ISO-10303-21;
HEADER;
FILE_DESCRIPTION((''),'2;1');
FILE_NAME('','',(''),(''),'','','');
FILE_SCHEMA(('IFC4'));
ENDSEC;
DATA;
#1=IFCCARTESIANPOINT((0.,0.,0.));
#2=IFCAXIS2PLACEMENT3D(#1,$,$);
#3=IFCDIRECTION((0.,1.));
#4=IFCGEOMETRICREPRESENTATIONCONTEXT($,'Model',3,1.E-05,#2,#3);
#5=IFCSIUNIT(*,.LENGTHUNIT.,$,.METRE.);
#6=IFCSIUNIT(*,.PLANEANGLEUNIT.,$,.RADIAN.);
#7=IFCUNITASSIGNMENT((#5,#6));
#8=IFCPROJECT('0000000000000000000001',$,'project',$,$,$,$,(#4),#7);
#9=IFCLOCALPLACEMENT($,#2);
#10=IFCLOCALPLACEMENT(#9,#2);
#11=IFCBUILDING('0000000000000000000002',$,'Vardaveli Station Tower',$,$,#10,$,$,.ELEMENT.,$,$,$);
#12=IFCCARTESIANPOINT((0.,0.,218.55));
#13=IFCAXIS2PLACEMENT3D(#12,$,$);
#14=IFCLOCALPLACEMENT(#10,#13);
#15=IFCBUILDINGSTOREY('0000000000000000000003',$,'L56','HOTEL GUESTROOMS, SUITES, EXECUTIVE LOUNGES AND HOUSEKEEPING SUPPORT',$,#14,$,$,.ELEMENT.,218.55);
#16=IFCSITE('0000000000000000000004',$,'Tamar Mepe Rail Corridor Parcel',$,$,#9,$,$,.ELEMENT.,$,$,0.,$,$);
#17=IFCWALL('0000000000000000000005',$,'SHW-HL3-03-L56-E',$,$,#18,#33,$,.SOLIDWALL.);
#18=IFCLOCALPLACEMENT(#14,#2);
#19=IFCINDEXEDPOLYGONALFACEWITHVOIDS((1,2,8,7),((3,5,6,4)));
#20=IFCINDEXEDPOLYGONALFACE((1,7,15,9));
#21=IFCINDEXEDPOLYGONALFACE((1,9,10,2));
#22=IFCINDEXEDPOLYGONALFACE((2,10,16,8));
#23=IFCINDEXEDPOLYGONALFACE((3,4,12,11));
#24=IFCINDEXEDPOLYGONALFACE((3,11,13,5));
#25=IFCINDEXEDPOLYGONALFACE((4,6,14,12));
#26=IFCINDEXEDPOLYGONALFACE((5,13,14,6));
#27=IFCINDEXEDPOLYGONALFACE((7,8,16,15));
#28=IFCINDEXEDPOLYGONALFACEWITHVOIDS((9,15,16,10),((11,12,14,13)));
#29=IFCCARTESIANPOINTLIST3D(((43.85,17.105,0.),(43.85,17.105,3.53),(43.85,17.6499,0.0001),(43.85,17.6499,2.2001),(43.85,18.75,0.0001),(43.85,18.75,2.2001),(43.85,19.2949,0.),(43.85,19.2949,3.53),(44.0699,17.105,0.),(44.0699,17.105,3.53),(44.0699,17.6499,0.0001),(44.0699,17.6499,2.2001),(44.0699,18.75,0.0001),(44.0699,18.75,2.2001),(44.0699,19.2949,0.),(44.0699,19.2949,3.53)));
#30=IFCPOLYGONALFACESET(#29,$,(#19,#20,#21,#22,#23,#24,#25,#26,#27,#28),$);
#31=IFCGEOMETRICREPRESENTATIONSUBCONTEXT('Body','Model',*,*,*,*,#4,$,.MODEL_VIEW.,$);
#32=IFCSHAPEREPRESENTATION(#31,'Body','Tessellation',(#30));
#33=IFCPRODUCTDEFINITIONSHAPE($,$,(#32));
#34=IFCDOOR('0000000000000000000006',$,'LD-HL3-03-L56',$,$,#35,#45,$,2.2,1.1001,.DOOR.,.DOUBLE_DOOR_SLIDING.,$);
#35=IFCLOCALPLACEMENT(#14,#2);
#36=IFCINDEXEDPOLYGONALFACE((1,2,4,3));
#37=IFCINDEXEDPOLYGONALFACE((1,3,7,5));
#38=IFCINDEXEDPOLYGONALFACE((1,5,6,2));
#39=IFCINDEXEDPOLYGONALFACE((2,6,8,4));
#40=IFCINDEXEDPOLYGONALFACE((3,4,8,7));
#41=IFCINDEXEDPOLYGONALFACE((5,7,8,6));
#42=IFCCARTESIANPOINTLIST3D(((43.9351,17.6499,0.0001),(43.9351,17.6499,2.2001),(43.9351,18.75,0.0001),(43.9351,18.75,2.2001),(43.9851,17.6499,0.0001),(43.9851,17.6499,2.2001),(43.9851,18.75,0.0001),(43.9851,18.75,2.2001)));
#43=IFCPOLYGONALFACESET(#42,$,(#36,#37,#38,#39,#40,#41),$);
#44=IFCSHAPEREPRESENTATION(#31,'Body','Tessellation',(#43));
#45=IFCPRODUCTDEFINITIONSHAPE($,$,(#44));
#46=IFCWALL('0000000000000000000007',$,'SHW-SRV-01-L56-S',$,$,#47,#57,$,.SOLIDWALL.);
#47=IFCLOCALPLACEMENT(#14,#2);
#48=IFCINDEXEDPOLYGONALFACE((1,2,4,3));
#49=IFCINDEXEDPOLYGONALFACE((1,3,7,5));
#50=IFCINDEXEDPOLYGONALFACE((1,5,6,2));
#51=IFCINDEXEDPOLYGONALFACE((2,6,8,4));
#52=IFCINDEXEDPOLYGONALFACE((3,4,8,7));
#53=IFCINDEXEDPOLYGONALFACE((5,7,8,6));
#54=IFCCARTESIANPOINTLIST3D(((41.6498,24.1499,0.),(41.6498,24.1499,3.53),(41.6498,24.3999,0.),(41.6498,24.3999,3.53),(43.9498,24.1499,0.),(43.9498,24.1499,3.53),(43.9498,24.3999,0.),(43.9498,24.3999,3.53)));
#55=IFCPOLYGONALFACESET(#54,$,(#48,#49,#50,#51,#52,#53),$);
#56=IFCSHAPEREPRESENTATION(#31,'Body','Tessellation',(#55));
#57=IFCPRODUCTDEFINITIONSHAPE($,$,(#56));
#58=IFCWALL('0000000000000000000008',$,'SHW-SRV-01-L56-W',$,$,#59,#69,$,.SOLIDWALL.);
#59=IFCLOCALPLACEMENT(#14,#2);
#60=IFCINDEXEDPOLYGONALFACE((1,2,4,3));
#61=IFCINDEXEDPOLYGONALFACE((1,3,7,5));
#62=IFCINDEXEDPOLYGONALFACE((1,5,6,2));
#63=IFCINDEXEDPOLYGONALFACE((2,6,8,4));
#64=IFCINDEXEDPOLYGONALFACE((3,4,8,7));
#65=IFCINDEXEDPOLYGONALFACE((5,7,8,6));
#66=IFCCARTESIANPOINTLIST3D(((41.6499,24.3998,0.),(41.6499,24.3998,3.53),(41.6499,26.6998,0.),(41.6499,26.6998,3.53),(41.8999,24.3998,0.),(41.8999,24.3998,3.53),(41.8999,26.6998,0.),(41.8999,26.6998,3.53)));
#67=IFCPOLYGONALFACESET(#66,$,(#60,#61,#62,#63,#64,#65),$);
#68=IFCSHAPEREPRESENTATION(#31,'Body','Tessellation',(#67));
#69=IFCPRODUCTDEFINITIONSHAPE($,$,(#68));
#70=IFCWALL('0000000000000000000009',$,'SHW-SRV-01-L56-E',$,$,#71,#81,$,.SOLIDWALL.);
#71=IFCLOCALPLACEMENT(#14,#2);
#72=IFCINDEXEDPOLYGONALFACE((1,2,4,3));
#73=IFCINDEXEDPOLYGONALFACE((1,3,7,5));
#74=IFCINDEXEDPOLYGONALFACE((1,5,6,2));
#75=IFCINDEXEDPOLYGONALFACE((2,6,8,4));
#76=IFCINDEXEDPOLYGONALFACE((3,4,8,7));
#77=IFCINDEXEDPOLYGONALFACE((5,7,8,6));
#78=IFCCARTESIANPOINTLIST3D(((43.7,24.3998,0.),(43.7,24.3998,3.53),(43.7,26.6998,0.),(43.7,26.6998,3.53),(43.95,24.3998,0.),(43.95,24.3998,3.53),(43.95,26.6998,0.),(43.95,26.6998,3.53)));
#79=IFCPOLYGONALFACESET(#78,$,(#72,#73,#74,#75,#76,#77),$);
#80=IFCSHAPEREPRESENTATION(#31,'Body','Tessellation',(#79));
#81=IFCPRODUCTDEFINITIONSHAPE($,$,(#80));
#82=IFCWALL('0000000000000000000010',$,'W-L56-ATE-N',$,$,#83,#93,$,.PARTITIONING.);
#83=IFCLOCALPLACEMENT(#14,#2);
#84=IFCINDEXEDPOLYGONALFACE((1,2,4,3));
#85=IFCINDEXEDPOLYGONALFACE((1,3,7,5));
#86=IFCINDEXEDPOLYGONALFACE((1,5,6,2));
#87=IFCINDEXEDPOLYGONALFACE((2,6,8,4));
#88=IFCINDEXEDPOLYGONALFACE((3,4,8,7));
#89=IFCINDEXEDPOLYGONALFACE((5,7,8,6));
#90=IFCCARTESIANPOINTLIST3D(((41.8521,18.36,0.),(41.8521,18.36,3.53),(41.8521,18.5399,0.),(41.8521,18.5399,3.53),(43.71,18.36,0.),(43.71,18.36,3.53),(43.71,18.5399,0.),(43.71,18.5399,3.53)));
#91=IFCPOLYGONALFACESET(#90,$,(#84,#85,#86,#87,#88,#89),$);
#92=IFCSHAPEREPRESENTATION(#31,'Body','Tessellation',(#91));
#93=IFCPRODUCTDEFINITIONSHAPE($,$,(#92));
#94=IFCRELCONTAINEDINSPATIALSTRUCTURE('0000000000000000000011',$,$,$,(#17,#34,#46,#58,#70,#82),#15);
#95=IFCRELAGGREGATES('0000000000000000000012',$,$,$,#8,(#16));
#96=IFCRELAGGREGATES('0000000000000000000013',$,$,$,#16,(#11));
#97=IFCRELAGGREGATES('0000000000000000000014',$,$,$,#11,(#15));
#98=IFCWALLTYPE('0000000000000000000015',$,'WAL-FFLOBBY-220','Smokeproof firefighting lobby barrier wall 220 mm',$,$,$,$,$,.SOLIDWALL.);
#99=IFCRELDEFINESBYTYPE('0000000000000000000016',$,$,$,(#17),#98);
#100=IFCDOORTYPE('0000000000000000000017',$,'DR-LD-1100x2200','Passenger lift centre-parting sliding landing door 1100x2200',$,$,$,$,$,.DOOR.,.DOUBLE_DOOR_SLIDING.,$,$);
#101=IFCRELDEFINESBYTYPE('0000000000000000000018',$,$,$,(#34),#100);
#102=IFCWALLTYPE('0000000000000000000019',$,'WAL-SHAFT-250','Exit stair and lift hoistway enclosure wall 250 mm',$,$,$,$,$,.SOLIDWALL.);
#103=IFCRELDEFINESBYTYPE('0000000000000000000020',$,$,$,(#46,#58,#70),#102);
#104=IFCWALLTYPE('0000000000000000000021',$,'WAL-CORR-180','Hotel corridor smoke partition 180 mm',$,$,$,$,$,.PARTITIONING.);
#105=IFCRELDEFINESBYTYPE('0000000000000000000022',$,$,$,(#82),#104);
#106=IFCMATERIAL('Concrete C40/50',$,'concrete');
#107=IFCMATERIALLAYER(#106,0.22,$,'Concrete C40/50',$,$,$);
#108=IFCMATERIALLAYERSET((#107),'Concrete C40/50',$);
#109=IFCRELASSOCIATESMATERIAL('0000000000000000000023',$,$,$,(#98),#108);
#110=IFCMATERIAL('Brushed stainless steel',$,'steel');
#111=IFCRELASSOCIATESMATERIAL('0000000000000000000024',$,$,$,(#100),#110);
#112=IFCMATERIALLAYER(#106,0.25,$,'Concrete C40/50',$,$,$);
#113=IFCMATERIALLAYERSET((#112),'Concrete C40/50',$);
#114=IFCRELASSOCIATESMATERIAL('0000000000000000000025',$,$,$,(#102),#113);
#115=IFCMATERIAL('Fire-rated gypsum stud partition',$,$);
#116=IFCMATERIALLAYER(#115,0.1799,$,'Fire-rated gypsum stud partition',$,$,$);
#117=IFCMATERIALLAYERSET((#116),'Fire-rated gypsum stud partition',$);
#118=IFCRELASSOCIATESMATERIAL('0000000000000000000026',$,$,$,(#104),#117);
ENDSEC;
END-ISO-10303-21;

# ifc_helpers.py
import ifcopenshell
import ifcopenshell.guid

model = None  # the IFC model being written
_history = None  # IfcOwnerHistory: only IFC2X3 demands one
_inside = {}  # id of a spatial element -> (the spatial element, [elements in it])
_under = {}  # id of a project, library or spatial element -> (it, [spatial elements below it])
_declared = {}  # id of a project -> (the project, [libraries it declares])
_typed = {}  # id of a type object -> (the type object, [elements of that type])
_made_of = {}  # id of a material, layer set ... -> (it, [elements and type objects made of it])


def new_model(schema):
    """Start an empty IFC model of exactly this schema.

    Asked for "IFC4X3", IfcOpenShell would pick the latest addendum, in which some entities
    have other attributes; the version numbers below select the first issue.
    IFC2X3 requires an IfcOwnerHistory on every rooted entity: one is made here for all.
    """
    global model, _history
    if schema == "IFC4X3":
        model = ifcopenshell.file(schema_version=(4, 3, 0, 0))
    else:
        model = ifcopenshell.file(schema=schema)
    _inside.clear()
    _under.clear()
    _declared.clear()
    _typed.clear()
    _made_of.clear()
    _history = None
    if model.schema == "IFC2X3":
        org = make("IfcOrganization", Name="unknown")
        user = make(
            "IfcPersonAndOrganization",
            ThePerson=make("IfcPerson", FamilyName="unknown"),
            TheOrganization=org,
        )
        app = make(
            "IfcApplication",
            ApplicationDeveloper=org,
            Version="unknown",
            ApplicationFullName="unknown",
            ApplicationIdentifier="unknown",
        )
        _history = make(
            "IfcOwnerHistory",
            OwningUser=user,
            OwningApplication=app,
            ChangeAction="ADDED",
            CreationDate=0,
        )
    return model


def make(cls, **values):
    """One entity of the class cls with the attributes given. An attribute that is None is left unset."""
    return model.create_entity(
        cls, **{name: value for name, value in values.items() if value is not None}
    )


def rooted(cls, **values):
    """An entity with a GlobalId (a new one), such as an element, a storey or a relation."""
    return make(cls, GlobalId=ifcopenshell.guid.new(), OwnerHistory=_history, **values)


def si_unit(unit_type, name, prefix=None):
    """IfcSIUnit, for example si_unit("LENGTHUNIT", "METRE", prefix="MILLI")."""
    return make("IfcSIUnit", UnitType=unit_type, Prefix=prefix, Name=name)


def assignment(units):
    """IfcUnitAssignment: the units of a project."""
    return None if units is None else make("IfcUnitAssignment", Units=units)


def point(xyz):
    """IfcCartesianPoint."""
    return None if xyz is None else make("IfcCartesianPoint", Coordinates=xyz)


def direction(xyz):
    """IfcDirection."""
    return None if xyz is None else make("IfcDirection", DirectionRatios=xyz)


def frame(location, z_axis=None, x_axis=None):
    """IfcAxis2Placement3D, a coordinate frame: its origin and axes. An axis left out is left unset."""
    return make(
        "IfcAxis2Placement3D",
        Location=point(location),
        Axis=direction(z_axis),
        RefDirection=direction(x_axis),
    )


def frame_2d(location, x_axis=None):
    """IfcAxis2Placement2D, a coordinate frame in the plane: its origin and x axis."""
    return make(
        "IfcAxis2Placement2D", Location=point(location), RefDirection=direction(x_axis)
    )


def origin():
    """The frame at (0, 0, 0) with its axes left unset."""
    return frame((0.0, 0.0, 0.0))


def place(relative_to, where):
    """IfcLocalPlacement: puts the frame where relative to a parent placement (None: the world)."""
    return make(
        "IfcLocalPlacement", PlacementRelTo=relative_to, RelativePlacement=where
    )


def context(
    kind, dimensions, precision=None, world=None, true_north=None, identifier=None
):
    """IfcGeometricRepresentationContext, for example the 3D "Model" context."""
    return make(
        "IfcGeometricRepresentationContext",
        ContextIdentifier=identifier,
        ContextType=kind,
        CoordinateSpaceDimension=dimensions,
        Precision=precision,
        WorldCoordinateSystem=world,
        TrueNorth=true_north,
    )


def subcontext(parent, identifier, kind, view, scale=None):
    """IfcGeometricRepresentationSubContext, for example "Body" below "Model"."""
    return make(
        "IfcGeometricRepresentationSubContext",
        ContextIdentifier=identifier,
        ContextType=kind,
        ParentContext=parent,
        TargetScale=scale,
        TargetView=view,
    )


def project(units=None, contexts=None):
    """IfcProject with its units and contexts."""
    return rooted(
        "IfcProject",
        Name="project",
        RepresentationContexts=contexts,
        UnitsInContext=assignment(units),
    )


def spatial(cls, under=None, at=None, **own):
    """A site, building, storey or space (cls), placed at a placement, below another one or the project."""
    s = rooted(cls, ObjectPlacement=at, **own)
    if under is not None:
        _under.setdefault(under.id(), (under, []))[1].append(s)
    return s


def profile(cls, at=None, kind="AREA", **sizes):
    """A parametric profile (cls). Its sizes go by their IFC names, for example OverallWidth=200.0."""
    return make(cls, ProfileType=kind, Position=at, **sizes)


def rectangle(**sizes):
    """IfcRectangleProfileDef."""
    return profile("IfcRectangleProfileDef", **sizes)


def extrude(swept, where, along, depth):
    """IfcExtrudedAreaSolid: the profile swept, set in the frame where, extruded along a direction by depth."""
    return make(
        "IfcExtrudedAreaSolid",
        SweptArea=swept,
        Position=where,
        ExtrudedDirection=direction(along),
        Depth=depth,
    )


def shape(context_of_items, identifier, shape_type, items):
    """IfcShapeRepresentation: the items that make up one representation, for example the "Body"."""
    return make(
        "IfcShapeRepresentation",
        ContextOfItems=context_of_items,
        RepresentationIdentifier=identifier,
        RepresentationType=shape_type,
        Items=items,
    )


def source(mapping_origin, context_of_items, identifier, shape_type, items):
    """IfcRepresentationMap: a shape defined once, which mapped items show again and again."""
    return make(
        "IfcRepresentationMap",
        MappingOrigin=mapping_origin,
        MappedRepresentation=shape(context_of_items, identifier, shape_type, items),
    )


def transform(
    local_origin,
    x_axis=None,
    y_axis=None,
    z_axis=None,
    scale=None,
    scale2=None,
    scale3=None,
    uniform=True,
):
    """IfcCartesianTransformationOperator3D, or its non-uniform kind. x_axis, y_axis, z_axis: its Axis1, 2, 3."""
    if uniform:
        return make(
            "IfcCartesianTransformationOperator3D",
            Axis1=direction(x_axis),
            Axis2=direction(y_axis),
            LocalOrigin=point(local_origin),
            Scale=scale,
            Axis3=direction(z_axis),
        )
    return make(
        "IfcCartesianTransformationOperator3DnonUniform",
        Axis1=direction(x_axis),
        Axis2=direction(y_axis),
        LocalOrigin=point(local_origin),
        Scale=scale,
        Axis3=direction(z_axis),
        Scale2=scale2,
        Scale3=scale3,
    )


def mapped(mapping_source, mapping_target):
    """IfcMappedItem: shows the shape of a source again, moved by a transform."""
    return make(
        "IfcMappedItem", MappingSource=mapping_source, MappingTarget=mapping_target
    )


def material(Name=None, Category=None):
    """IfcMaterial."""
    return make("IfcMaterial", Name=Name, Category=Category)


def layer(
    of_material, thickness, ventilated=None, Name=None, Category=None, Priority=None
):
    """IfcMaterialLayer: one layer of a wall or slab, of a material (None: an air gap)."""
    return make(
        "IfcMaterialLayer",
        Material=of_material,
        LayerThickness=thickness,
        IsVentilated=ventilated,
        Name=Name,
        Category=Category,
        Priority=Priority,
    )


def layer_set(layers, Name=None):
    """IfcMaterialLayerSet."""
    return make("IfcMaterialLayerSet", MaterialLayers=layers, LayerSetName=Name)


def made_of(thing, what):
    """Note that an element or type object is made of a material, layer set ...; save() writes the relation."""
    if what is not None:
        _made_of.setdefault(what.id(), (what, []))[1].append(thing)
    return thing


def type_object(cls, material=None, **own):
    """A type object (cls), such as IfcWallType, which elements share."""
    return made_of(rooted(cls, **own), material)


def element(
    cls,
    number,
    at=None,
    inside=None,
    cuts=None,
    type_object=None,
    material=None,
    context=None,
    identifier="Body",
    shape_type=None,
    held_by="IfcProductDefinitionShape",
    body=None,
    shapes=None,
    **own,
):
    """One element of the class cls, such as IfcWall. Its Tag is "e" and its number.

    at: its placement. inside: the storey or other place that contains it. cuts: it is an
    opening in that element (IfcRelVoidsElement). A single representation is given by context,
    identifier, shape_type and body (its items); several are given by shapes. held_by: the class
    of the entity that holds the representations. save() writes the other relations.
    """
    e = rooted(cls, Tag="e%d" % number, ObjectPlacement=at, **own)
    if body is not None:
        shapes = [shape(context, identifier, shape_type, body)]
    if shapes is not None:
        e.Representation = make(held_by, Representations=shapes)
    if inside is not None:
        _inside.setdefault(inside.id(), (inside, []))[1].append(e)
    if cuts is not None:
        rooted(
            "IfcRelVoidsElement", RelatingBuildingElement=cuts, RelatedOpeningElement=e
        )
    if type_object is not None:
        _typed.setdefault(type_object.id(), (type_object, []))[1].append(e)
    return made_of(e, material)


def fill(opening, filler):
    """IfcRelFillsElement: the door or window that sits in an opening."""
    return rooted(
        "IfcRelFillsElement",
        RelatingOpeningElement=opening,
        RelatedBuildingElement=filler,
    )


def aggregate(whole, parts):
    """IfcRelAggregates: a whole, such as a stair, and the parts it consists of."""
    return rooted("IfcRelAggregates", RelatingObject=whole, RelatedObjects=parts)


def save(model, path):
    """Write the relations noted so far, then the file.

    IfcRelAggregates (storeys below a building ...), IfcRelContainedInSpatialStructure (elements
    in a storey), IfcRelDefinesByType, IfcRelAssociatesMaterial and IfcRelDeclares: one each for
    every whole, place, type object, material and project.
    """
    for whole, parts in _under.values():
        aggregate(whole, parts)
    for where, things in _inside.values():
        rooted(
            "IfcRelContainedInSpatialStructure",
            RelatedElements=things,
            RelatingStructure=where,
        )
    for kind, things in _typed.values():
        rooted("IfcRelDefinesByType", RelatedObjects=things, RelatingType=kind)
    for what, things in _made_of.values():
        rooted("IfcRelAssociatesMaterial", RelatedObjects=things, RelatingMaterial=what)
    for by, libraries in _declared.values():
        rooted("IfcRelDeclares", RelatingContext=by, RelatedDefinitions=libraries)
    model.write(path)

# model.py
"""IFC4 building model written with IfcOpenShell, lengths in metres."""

from ifc_helpers import new_model, si_unit, direction, frame, frame_2d, origin, place, context, subcontext, project, spatial, rectangle, extrude, source, transform, mapped, material, layer, layer_set, type_object, element, fill, save


model = new_model("IFC4")

# Units and contexts
model_context = context("Model", 3, precision=1e-05, world=origin(), true_north=direction((0.0, 1.0)))
body_context = subcontext(model_context, "Body", "Model", "MODEL_VIEW")
ifc_project = project(units=[si_unit("LENGTHUNIT", "METRE"), si_unit("PLANEANGLEUNIT", "RADIAN")], contexts=[model_context])

# Site, building, storey
site_placement = place(None, origin())
site = spatial("IfcSite", under=ifc_project, at=site_placement, Name="Tamar Mepe Rail Corridor Parcel", CompositionType="ELEMENT", RefElevation=0.0)
building_placement = place(site_placement, origin())
building = spatial("IfcBuilding", under=site, at=building_placement, Name="Vardaveli Station Tower", CompositionType="ELEMENT")
storey_placement = place(building_placement, frame((0.0, 0.0, 218.55)))
storey = spatial("IfcBuildingStorey", under=building, at=storey_placement, Name="L56", Description="HOTEL GUESTROOMS, SUITES, EXECUTIVE LOUNGES AND HOUSEKEEPING SUPPORT", CompositionType="ELEMENT", Elevation=218.55)

# Shared definitions
ifc_material_1 = material(Name="Concrete C40/50", Category="concrete")
ifc_layer_1 = layer(ifc_material_1, 0.22, Name="Concrete C40/50")
ifc_layer_set_1 = layer_set([ifc_layer_1], Name="Concrete C40/50")
wall_type_1 = type_object("IfcWallType", Name="WAL-FFLOBBY-220", Description="Smokeproof firefighting lobby barrier wall 220 mm", PredefinedType="SOLIDWALL", material=ifc_layer_set_1)
shared_shape_1 = source(origin(), body_context, "Body", "SweptSolid", [
    extrude(rectangle(XDim=2.1899, YDim=0.22, at=frame_2d((1.095, 0.0))), origin(), (0.0, 0.0, 1.0), 3.53),
])

# Shared definitions
shared_shape_2 = source(origin(), body_context, "Body", "SweptSolid", [
    extrude(rectangle(XDim=1.1001, YDim=2.2, at=frame_2d((0.55, 1.1001))), frame((0.0, 0.1201, 0.0), z_axis=(0.0, -1.0, 0.0), x_axis=(1.0, 0.0, 0.0)), (0.0, 0.0, 1.0), 0.24),
])
ifc_material_2 = material(Name="Brushed stainless steel", Category="steel")
door_type = type_object("IfcDoorType", Name="DR-LD-1100x2200", Description="Passenger lift centre-parting sliding landing door 1100x2200", OperationType="DOUBLE_DOOR_SLIDING", PredefinedType="DOOR", material=ifc_material_2)
shared_shape_3 = source(origin(), body_context, "Body", "SweptSolid", [
    extrude(rectangle(XDim=1.1001, YDim=2.2, at=frame_2d((0.55, 1.1001))), frame((0.0, 0.0249, 0.0), z_axis=(0.0, -1.0, 0.0), x_axis=(1.0, 0.0, 0.0)), (0.0, 0.0, 1.0), 0.05),
])

# Wall, opening, door
wall_1_placement = place(storey_placement, frame((43.96, 17.105, 0.0), z_axis=(0.0, 0.0, 1.0), x_axis=(0.0, 1.0, 0.0)))
wall_1 = element("IfcWall", 1, at=wall_1_placement, inside=storey, type_object=wall_type_1, Name="SHW-HL3-03-L56-E", PredefinedType="SOLIDWALL", context=body_context, shape_type="MappedRepresentation", body=[
    mapped(shared_shape_1, transform((0.0, 0.0, 0.0), scale=1.0)),
])
opening_1_placement = place(wall_1_placement, frame((0.5449, 0.0, 0.0)))
opening_1 = element("IfcOpeningElement", 2, at=opening_1_placement, cuts=wall_1, PredefinedType="OPENING", context=body_context, shape_type="MappedRepresentation", body=[
    mapped(shared_shape_2, transform((0.0, 0.0, 0.0), scale=1.0)),
])
door_1_placement = place(opening_1_placement, origin())
door_1 = element("IfcDoor", 3, at=door_1_placement, inside=storey, type_object=door_type, Name="LD-HL3-03-L56", OperationType="DOUBLE_DOOR_SLIDING", OverallHeight=2.2, OverallWidth=1.1001, PredefinedType="DOOR", context=body_context, shape_type="MappedRepresentation", body=[
    mapped(shared_shape_3, transform((0.0, 0.0, 0.0), scale=1.0)),
])
fill(opening_1, door_1)

# Walls
ifc_layer_2 = layer(ifc_material_1, 0.25, Name="Concrete C40/50")
ifc_layer_set_2 = layer_set([ifc_layer_2], Name="Concrete C40/50")
wall_type_2 = type_object("IfcWallType", Name="WAL-SHAFT-250", Description="Exit stair and lift hoistway enclosure wall 250 mm", PredefinedType="SOLIDWALL", material=ifc_layer_set_2)
shared_shape_4 = source(origin(), body_context, "Body", "SweptSolid", [
    extrude(rectangle(XDim=2.3, YDim=0.25, at=frame_2d((1.1499, 0.0))), origin(), (0.0, 0.0, 1.0), 3.53),
])
for number, where, z_axis, x_axis, name in (
    (4, (41.6499, 24.2749, 0.0), (0.0, 0.0, 1.0), (1.0, 0.0, 0.0), "SHW-SRV-01-L56-S"),
    (5, (41.7749, 24.3999, 0.0), (0.0, 0.0, 1.0), (0.0, 1.0, 0.0), "SHW-SRV-01-L56-W"),
    (6, (43.825, 24.3999, 0.0), (0.0, 0.0, 1.0), (0.0, 1.0, 0.0), "SHW-SRV-01-L56-E"),
):
    element("IfcWall", number, at=place(storey_placement, frame(where, z_axis=z_axis, x_axis=x_axis)), inside=storey, type_object=wall_type_2, Name=name, PredefinedType="SOLIDWALL", context=body_context, shape_type="MappedRepresentation", body=[
        mapped(shared_shape_4, transform((0.0, 0.0, 0.0), scale=1.0)),
    ])
ifc_material_3 = material(Name="Fire-rated gypsum stud partition")
ifc_layer_3 = layer(ifc_material_3, 0.1799, Name="Fire-rated gypsum stud partition")
ifc_layer_set_3 = layer_set([ifc_layer_3], Name="Fire-rated gypsum stud partition")
wall_type_3 = type_object("IfcWallType", Name="WAL-CORR-180", Description="Hotel corridor smoke partition 180 mm", PredefinedType="PARTITIONING", material=ifc_layer_set_3)
shared_shape_5 = source(origin(), body_context, "Body", "SweptSolid", [
    extrude(rectangle(XDim=1.8579, YDim=0.1799, at=frame_2d((0.929, 0.0))), origin(), (0.0, 0.0, 1.0), 3.53),
])
wall_2_placement = place(storey_placement, frame((41.8521, 18.45, 0.0), z_axis=(0.0, 0.0, 1.0), x_axis=(1.0, 0.0, 0.0)))
element("IfcWall", 7, at=wall_2_placement, inside=storey, type_object=wall_type_3, Name="W-L56-ATE-N", PredefinedType="PARTITIONING", context=body_context, shape_type="MappedRepresentation", body=[
    mapped(shared_shape_5, transform((0.0, 0.0, 0.0), scale=1.0)),
])

save(model, "model.ifc")
